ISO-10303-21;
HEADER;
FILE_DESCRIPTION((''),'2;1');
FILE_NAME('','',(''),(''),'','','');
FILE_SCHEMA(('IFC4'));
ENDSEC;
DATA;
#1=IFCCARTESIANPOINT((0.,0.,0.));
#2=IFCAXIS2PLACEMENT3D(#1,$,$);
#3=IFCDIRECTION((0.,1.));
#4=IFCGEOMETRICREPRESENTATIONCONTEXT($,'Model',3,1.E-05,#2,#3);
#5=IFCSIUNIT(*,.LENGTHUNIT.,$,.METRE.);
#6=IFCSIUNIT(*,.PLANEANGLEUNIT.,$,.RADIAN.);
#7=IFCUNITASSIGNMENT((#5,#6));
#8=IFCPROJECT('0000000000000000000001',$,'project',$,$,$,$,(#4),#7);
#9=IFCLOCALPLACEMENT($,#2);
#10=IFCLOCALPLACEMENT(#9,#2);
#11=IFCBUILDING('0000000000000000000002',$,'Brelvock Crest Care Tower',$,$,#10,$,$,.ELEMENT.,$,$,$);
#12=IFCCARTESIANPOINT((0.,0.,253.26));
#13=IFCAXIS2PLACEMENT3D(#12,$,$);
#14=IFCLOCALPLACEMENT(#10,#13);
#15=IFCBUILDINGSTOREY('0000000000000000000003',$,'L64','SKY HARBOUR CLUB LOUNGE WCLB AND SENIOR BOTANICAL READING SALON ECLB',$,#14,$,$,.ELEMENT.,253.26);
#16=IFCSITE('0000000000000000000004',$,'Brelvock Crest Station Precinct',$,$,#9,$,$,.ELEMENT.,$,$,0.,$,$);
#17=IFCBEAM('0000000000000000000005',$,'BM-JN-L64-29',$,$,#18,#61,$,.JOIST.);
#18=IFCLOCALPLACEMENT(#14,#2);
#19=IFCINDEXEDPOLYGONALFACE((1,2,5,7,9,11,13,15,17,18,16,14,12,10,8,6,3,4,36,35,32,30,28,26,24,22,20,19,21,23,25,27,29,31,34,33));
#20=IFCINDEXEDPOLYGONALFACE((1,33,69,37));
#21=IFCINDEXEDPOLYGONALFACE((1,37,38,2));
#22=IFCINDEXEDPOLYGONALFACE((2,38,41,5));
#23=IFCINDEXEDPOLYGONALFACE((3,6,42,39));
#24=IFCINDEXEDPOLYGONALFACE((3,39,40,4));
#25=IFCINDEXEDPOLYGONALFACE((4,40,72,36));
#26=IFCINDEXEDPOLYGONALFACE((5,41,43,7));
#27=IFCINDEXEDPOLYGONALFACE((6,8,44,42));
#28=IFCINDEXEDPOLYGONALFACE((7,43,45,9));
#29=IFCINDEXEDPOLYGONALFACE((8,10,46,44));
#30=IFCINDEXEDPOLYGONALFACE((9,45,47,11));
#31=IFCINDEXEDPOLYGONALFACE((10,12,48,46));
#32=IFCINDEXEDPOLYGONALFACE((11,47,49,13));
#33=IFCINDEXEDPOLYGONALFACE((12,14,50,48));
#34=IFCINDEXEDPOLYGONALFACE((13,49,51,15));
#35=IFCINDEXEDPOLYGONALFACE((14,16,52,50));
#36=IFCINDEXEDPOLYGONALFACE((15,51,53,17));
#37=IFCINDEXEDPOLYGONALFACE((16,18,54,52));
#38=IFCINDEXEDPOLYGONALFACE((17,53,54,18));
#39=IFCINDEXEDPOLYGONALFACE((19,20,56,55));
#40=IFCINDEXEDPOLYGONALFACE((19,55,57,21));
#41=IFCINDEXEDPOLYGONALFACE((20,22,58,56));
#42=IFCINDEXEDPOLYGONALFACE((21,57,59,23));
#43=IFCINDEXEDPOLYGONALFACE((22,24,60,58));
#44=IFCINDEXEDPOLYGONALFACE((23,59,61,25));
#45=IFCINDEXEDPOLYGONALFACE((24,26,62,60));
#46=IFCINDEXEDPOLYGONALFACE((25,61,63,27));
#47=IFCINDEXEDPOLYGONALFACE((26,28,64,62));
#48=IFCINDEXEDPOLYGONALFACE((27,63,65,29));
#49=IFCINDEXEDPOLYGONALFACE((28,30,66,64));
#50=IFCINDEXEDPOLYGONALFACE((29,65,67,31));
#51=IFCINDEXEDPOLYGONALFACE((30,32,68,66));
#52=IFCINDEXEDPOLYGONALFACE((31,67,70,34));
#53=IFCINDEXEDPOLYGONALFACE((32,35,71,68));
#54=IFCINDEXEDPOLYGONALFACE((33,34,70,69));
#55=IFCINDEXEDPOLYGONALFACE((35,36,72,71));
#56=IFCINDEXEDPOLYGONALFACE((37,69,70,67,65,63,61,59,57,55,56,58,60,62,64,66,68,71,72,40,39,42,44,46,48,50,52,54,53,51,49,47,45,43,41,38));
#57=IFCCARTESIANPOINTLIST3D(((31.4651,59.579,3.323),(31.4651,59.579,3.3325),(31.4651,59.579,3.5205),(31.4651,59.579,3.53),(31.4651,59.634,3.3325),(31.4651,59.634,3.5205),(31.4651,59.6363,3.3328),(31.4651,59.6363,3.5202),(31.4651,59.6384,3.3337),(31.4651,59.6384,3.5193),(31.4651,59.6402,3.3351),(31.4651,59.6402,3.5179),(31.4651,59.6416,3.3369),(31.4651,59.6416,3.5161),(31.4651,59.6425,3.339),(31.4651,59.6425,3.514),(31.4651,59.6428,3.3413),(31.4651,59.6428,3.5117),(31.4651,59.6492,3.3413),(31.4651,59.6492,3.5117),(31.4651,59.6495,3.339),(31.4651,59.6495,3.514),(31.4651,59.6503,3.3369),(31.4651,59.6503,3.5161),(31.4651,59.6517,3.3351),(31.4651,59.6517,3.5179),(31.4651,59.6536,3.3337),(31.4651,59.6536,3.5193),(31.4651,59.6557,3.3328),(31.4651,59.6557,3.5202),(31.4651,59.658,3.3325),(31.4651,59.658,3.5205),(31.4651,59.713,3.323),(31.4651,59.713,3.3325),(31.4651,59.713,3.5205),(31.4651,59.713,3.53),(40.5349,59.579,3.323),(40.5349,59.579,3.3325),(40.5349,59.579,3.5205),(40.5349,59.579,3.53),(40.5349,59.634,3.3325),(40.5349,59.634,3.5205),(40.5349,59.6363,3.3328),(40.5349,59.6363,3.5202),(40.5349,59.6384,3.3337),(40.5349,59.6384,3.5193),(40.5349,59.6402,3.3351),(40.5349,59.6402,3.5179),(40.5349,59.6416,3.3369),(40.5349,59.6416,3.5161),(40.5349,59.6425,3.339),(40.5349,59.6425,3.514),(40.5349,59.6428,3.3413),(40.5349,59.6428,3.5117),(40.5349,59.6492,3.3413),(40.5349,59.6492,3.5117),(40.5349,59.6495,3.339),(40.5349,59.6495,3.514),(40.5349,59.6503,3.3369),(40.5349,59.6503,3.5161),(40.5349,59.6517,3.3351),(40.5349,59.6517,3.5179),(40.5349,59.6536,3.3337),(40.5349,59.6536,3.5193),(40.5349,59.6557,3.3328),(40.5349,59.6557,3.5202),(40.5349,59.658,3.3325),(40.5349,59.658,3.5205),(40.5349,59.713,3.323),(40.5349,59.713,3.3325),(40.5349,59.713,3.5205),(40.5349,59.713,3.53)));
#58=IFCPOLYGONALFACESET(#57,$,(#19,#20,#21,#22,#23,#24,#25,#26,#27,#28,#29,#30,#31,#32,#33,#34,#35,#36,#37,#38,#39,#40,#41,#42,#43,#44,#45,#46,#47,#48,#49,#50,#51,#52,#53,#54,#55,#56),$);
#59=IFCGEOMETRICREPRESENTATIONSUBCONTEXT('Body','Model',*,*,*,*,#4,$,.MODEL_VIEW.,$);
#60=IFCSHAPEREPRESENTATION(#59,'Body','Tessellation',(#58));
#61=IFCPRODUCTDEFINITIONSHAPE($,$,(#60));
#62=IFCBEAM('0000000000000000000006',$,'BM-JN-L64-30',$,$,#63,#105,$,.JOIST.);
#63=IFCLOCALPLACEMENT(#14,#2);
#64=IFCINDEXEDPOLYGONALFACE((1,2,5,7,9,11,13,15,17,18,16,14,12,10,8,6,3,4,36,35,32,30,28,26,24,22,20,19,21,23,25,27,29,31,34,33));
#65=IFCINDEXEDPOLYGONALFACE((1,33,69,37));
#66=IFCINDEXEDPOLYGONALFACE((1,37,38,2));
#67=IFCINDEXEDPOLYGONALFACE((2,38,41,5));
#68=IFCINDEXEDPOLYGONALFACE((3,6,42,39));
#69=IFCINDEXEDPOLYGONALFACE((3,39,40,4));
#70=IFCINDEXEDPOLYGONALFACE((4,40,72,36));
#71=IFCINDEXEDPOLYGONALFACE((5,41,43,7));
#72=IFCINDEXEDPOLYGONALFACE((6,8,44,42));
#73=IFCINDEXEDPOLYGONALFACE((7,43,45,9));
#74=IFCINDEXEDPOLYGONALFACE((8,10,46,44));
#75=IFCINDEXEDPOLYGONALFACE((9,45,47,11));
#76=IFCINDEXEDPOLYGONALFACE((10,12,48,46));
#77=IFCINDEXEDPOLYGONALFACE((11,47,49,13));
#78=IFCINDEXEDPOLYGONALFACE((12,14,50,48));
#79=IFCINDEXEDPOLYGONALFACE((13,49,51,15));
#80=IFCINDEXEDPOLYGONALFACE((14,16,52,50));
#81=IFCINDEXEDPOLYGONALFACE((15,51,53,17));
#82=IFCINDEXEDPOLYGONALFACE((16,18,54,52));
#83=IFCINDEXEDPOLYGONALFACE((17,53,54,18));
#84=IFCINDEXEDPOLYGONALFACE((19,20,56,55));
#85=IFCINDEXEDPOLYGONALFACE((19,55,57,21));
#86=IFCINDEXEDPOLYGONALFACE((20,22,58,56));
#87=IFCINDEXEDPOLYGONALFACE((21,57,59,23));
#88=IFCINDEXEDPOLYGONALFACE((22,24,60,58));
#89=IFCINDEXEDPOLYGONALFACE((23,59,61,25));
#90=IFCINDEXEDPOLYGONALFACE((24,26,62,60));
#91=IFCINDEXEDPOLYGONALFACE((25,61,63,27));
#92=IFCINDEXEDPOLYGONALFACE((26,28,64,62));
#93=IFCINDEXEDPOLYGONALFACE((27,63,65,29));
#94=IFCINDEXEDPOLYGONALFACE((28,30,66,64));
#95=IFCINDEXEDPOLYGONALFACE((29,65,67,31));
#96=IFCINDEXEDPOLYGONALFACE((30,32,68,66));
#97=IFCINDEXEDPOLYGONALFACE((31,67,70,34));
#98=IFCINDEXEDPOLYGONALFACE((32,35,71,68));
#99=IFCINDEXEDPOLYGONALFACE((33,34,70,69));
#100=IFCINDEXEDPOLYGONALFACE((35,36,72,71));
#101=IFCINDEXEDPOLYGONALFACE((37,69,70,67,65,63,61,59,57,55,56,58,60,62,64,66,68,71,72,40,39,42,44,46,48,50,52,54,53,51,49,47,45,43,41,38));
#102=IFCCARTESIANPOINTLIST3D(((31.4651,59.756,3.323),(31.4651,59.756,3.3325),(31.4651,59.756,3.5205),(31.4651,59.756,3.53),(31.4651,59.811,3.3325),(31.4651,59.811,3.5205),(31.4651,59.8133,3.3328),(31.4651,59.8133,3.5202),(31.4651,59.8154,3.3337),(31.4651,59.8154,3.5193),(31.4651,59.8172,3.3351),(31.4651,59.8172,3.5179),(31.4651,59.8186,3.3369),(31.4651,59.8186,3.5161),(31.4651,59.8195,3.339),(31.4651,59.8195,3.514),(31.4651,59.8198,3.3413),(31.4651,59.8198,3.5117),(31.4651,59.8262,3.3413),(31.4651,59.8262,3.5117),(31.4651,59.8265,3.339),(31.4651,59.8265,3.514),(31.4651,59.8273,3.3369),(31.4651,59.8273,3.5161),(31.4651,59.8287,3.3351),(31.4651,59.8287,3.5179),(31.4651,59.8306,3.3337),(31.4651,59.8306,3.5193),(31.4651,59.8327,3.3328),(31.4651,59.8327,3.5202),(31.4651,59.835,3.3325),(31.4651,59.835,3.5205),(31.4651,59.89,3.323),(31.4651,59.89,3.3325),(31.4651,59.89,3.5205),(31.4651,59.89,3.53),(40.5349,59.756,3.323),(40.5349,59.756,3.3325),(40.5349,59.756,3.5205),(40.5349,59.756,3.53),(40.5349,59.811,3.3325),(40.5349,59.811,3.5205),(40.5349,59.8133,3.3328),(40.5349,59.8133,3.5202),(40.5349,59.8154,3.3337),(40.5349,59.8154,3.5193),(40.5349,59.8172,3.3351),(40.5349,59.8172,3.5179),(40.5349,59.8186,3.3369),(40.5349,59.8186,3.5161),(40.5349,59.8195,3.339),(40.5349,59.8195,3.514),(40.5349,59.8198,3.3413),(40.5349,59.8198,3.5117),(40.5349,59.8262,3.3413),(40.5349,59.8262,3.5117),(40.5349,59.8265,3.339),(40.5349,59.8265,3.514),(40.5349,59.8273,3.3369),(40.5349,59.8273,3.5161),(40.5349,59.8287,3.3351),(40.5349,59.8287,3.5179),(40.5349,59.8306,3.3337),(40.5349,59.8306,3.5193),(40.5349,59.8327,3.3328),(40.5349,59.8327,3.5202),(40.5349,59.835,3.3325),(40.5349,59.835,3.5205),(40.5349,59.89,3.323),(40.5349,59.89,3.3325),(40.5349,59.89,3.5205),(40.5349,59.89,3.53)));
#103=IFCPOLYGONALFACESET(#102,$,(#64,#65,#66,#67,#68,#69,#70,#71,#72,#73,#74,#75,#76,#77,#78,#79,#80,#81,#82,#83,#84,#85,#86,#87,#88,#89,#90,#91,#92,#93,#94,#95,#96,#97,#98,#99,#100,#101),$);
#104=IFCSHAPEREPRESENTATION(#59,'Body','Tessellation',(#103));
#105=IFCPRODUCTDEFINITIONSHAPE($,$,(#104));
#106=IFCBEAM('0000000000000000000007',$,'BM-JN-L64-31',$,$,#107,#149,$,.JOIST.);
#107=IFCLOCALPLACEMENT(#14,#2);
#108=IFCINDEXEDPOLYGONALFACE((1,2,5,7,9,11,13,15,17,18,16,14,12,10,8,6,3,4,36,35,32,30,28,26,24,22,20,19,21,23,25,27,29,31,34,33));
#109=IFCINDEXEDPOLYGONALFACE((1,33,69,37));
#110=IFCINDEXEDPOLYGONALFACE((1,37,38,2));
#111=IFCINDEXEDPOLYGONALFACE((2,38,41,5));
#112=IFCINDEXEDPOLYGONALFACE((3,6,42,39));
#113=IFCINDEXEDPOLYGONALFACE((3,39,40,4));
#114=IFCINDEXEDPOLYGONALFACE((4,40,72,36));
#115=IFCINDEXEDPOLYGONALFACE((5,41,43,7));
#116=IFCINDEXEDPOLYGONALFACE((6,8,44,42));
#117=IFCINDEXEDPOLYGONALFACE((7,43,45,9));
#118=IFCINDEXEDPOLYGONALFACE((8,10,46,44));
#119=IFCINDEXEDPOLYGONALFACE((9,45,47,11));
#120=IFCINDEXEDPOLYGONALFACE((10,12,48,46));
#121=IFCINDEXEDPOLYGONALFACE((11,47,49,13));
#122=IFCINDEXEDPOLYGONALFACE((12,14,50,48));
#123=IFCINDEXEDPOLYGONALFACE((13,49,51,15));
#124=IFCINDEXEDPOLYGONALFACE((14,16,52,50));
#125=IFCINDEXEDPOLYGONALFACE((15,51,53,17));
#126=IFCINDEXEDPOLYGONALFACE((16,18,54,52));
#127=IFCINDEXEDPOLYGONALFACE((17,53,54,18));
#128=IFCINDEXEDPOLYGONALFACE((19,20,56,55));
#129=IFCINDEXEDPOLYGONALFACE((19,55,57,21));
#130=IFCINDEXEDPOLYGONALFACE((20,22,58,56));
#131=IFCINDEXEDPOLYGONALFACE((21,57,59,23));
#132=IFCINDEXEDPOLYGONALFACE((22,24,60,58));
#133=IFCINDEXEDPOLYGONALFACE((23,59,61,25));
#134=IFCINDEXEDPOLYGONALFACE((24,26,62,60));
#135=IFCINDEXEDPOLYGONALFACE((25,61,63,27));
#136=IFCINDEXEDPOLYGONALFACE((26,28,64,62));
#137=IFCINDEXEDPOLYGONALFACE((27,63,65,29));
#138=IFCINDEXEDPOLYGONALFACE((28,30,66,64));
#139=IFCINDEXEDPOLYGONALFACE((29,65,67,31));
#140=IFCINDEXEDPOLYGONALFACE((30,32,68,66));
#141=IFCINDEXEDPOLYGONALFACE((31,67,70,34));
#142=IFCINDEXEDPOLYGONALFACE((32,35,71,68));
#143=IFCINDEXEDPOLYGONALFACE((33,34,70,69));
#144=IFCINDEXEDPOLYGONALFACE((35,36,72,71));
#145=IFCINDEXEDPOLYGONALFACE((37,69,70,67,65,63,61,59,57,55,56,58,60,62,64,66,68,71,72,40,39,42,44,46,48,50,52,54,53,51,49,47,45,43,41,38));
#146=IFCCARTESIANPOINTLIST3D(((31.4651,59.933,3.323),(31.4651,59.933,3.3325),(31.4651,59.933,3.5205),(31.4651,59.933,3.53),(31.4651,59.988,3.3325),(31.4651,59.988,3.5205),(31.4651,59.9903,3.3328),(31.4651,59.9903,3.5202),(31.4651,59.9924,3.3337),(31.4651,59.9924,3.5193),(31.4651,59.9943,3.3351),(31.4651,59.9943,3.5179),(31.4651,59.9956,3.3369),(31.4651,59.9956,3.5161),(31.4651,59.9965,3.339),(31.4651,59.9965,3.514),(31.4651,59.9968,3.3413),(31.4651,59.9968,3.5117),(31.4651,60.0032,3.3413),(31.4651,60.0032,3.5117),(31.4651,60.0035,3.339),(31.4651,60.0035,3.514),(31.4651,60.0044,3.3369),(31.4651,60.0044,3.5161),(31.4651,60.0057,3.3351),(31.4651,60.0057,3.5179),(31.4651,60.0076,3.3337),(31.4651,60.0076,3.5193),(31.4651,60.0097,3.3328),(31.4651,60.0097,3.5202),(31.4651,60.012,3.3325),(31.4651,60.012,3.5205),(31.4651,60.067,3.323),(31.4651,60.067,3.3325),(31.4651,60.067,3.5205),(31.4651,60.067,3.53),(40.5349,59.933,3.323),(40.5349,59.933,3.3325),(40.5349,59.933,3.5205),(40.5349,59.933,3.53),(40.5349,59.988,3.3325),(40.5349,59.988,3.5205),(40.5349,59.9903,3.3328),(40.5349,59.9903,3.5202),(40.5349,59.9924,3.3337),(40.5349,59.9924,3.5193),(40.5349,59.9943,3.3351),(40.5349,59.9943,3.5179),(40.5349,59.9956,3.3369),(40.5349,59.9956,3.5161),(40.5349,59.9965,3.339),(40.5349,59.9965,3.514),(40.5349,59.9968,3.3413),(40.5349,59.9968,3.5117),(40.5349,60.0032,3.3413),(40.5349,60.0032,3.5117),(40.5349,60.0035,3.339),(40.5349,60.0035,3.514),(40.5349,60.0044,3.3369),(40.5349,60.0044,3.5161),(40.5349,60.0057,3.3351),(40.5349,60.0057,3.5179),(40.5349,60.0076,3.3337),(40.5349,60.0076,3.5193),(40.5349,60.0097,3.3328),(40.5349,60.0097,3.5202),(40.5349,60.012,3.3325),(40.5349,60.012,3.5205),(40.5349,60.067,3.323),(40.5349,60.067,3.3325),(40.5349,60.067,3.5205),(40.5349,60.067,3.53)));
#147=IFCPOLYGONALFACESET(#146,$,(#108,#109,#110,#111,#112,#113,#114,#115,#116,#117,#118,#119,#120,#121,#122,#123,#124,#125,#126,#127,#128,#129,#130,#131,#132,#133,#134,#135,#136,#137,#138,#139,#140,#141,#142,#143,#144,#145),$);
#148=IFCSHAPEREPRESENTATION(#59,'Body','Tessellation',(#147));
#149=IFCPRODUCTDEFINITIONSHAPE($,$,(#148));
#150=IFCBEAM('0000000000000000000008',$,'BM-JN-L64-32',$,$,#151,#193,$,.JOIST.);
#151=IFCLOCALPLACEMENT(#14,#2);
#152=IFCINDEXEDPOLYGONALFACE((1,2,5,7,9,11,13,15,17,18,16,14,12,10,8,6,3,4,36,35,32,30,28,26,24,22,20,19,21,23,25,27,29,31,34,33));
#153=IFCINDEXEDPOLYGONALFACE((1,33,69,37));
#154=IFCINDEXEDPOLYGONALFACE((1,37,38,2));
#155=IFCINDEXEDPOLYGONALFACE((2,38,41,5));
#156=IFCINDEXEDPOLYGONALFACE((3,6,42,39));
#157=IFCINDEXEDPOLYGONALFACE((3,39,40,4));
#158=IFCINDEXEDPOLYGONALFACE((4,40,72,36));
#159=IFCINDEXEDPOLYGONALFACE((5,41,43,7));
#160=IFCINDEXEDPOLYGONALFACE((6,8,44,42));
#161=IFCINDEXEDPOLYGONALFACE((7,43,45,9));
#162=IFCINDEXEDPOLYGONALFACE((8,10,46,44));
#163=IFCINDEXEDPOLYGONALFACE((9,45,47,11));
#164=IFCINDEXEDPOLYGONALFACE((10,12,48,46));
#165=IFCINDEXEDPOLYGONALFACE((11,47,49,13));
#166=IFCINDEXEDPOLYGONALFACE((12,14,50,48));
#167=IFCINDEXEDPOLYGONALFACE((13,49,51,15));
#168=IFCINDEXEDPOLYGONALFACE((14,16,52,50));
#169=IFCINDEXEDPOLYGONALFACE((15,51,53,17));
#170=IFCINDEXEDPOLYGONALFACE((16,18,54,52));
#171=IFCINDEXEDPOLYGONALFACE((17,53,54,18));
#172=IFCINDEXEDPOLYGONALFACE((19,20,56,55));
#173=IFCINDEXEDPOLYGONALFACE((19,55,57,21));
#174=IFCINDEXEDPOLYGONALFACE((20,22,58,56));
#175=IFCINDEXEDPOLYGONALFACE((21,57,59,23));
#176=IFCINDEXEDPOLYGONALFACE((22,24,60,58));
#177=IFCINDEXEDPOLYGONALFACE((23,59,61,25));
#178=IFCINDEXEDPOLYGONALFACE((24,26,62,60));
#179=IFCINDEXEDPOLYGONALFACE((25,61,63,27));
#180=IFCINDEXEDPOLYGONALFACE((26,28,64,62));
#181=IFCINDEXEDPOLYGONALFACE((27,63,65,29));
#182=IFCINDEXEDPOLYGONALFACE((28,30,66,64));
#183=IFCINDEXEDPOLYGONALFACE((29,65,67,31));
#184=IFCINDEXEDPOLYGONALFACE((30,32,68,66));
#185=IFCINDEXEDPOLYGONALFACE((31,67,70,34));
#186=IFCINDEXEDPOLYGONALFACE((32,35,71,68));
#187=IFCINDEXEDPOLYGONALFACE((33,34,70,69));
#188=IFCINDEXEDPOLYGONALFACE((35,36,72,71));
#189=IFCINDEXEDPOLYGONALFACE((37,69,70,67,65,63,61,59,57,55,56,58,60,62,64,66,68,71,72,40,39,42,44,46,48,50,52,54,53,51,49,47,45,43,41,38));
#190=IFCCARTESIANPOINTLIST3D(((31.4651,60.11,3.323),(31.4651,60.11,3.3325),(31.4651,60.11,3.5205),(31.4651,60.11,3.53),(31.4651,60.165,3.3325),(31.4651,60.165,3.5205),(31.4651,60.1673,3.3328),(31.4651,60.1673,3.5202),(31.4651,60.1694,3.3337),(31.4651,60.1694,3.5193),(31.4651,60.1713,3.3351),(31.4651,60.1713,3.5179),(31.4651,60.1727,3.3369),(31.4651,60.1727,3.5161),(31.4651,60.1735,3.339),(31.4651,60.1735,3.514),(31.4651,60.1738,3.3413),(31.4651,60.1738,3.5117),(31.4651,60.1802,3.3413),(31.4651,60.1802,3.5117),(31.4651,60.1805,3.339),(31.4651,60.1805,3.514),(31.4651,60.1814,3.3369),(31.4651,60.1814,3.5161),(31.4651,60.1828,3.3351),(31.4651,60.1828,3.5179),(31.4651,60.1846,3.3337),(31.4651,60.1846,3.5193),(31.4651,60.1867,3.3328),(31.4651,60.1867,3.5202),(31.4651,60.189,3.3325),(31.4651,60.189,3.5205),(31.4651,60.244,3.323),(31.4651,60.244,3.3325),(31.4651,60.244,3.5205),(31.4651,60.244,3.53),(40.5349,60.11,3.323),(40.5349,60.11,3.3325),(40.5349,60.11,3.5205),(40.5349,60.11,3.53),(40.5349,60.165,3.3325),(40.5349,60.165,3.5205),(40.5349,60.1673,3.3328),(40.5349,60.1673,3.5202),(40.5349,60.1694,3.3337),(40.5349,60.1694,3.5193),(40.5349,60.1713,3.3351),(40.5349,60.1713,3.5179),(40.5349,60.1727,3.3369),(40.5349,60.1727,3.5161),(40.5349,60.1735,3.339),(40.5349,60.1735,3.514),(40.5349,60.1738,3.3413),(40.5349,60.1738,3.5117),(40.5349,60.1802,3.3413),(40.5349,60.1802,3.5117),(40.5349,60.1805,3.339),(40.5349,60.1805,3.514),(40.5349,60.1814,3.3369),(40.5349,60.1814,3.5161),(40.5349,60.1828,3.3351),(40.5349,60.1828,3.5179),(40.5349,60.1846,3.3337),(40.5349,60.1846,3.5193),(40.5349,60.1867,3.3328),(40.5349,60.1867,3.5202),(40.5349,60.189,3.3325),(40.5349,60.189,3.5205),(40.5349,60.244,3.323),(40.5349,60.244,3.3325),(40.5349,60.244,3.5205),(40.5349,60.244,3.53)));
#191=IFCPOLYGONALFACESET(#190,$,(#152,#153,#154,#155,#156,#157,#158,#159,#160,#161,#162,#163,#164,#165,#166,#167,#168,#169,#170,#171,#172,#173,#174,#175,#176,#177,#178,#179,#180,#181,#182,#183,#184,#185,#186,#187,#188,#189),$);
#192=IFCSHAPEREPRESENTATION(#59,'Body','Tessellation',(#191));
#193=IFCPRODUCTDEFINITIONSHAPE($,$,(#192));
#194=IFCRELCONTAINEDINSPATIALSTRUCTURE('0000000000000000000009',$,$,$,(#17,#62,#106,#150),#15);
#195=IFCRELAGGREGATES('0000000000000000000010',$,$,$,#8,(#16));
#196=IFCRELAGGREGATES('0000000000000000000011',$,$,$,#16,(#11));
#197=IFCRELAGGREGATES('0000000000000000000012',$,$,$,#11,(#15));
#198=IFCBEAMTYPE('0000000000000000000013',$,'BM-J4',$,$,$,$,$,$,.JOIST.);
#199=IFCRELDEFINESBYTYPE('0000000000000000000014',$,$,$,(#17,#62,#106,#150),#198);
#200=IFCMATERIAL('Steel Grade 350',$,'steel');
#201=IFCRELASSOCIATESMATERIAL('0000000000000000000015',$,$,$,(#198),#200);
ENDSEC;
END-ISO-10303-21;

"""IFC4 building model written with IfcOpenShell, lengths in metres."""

from ifc_helpers import new_model, si_unit, direction, frame, origin, origin_2d, place, context, subcontext, project, spatial, i_section, extrude, source, transform, mapped, material, material_profile, profile_set, type_object, element, save


model = new_model("IFC4")

# Units and contexts
model_context = context("Model", 3, precision=1e-05, world=origin(), true_north=direction((0.0, 1.0)))
body_context = subcontext(model_context, "Body", "Model", "MODEL_VIEW")
ifc_project = project(units=[si_unit("LENGTHUNIT", "METRE"), si_unit("PLANEANGLEUNIT", "RADIAN")], contexts=[model_context])

# Site, building, storey
site_placement = place(None, origin())
site = spatial("IfcSite", under=ifc_project, at=site_placement, Name="Brelvock Crest Station Precinct", CompositionType="ELEMENT", RefElevation=0.0)
building_placement = place(site_placement, origin())
building = spatial("IfcBuilding", under=site, at=building_placement, Name="Brelvock Crest Care Tower", CompositionType="ELEMENT")
storey_placement = place(building_placement, frame((0.0, 0.0, 253.26)))
storey = spatial("IfcBuildingStorey", under=building, at=storey_placement, Name="L64", Description="SKY HARBOUR CLUB LOUNGE WCLB AND SENIOR BOTANICAL READING SALON ECLB", CompositionType="ELEMENT", Elevation=253.26)

# Shared definitions
ifc_material_1 = material(Name="Steel Grade 350", Category="steel")

# Beams
ifc_material_profile_1 = material_profile(ifc_material_1, i_section(OverallWidth=0.134, OverallDepth=0.207, WebThickness=0.0063, FlangeThickness=0.0095, FilletRadius=0.0088, at=origin_2d()), Name="200UB29.8")
ifc_profile_set_1 = profile_set([ifc_material_profile_1], Name="Steel Grade 350")
beam_type_1 = type_object("IfcBeamType", Name="BM-J4", PredefinedType="JOIST", material=ifc_profile_set_1)
shared_shape_1 = source(origin(), body_context, "Body", "SweptSolid", [
    extrude(i_section(OverallWidth=0.134, OverallDepth=0.207, WebThickness=0.0063, FlangeThickness=0.0095, FilletRadius=0.0088, at=origin_2d()), origin(), (0.0, 0.0, 1.0), 9.0698),
])
for number, where, z_axis, x_axis, name in (
    (1, (31.4651, 59.646, 3.4265), (1.0, 0.0, 0.0), (0.0, 1.0, 0.0), "BM-JN-L64-29"),
    (2, (31.4651, 59.823, 3.4265), (1.0, 0.0, 0.0), (0.0, 1.0, 0.0), "BM-JN-L64-30"),
    (3, (31.4651, 60.0, 3.4265), (1.0, 0.0, 0.0), (0.0, 1.0, 0.0), "BM-JN-L64-31"),
    (4, (31.4651, 60.177, 3.4265), (1.0, 0.0, 0.0), (0.0, 1.0, 0.0), "BM-JN-L64-32"),
):
    element("IfcBeam", number, at=place(storey_placement, frame(where, z_axis=z_axis, x_axis=x_axis)), inside=storey, type_object=beam_type_1, Name=name, PredefinedType="JOIST", context=body_context, shape_type="MappedRepresentation", body=[
        mapped(shared_shape_1, transform((0.0, 0.0, 0.0), x_axis=(1.0, 0.0, 0.0), y_axis=(0.0, 1.0, 0.0), z_axis=(0.0, 0.0, 1.0), scale=1.0)),
    ])

save(model, "model.ifc")
